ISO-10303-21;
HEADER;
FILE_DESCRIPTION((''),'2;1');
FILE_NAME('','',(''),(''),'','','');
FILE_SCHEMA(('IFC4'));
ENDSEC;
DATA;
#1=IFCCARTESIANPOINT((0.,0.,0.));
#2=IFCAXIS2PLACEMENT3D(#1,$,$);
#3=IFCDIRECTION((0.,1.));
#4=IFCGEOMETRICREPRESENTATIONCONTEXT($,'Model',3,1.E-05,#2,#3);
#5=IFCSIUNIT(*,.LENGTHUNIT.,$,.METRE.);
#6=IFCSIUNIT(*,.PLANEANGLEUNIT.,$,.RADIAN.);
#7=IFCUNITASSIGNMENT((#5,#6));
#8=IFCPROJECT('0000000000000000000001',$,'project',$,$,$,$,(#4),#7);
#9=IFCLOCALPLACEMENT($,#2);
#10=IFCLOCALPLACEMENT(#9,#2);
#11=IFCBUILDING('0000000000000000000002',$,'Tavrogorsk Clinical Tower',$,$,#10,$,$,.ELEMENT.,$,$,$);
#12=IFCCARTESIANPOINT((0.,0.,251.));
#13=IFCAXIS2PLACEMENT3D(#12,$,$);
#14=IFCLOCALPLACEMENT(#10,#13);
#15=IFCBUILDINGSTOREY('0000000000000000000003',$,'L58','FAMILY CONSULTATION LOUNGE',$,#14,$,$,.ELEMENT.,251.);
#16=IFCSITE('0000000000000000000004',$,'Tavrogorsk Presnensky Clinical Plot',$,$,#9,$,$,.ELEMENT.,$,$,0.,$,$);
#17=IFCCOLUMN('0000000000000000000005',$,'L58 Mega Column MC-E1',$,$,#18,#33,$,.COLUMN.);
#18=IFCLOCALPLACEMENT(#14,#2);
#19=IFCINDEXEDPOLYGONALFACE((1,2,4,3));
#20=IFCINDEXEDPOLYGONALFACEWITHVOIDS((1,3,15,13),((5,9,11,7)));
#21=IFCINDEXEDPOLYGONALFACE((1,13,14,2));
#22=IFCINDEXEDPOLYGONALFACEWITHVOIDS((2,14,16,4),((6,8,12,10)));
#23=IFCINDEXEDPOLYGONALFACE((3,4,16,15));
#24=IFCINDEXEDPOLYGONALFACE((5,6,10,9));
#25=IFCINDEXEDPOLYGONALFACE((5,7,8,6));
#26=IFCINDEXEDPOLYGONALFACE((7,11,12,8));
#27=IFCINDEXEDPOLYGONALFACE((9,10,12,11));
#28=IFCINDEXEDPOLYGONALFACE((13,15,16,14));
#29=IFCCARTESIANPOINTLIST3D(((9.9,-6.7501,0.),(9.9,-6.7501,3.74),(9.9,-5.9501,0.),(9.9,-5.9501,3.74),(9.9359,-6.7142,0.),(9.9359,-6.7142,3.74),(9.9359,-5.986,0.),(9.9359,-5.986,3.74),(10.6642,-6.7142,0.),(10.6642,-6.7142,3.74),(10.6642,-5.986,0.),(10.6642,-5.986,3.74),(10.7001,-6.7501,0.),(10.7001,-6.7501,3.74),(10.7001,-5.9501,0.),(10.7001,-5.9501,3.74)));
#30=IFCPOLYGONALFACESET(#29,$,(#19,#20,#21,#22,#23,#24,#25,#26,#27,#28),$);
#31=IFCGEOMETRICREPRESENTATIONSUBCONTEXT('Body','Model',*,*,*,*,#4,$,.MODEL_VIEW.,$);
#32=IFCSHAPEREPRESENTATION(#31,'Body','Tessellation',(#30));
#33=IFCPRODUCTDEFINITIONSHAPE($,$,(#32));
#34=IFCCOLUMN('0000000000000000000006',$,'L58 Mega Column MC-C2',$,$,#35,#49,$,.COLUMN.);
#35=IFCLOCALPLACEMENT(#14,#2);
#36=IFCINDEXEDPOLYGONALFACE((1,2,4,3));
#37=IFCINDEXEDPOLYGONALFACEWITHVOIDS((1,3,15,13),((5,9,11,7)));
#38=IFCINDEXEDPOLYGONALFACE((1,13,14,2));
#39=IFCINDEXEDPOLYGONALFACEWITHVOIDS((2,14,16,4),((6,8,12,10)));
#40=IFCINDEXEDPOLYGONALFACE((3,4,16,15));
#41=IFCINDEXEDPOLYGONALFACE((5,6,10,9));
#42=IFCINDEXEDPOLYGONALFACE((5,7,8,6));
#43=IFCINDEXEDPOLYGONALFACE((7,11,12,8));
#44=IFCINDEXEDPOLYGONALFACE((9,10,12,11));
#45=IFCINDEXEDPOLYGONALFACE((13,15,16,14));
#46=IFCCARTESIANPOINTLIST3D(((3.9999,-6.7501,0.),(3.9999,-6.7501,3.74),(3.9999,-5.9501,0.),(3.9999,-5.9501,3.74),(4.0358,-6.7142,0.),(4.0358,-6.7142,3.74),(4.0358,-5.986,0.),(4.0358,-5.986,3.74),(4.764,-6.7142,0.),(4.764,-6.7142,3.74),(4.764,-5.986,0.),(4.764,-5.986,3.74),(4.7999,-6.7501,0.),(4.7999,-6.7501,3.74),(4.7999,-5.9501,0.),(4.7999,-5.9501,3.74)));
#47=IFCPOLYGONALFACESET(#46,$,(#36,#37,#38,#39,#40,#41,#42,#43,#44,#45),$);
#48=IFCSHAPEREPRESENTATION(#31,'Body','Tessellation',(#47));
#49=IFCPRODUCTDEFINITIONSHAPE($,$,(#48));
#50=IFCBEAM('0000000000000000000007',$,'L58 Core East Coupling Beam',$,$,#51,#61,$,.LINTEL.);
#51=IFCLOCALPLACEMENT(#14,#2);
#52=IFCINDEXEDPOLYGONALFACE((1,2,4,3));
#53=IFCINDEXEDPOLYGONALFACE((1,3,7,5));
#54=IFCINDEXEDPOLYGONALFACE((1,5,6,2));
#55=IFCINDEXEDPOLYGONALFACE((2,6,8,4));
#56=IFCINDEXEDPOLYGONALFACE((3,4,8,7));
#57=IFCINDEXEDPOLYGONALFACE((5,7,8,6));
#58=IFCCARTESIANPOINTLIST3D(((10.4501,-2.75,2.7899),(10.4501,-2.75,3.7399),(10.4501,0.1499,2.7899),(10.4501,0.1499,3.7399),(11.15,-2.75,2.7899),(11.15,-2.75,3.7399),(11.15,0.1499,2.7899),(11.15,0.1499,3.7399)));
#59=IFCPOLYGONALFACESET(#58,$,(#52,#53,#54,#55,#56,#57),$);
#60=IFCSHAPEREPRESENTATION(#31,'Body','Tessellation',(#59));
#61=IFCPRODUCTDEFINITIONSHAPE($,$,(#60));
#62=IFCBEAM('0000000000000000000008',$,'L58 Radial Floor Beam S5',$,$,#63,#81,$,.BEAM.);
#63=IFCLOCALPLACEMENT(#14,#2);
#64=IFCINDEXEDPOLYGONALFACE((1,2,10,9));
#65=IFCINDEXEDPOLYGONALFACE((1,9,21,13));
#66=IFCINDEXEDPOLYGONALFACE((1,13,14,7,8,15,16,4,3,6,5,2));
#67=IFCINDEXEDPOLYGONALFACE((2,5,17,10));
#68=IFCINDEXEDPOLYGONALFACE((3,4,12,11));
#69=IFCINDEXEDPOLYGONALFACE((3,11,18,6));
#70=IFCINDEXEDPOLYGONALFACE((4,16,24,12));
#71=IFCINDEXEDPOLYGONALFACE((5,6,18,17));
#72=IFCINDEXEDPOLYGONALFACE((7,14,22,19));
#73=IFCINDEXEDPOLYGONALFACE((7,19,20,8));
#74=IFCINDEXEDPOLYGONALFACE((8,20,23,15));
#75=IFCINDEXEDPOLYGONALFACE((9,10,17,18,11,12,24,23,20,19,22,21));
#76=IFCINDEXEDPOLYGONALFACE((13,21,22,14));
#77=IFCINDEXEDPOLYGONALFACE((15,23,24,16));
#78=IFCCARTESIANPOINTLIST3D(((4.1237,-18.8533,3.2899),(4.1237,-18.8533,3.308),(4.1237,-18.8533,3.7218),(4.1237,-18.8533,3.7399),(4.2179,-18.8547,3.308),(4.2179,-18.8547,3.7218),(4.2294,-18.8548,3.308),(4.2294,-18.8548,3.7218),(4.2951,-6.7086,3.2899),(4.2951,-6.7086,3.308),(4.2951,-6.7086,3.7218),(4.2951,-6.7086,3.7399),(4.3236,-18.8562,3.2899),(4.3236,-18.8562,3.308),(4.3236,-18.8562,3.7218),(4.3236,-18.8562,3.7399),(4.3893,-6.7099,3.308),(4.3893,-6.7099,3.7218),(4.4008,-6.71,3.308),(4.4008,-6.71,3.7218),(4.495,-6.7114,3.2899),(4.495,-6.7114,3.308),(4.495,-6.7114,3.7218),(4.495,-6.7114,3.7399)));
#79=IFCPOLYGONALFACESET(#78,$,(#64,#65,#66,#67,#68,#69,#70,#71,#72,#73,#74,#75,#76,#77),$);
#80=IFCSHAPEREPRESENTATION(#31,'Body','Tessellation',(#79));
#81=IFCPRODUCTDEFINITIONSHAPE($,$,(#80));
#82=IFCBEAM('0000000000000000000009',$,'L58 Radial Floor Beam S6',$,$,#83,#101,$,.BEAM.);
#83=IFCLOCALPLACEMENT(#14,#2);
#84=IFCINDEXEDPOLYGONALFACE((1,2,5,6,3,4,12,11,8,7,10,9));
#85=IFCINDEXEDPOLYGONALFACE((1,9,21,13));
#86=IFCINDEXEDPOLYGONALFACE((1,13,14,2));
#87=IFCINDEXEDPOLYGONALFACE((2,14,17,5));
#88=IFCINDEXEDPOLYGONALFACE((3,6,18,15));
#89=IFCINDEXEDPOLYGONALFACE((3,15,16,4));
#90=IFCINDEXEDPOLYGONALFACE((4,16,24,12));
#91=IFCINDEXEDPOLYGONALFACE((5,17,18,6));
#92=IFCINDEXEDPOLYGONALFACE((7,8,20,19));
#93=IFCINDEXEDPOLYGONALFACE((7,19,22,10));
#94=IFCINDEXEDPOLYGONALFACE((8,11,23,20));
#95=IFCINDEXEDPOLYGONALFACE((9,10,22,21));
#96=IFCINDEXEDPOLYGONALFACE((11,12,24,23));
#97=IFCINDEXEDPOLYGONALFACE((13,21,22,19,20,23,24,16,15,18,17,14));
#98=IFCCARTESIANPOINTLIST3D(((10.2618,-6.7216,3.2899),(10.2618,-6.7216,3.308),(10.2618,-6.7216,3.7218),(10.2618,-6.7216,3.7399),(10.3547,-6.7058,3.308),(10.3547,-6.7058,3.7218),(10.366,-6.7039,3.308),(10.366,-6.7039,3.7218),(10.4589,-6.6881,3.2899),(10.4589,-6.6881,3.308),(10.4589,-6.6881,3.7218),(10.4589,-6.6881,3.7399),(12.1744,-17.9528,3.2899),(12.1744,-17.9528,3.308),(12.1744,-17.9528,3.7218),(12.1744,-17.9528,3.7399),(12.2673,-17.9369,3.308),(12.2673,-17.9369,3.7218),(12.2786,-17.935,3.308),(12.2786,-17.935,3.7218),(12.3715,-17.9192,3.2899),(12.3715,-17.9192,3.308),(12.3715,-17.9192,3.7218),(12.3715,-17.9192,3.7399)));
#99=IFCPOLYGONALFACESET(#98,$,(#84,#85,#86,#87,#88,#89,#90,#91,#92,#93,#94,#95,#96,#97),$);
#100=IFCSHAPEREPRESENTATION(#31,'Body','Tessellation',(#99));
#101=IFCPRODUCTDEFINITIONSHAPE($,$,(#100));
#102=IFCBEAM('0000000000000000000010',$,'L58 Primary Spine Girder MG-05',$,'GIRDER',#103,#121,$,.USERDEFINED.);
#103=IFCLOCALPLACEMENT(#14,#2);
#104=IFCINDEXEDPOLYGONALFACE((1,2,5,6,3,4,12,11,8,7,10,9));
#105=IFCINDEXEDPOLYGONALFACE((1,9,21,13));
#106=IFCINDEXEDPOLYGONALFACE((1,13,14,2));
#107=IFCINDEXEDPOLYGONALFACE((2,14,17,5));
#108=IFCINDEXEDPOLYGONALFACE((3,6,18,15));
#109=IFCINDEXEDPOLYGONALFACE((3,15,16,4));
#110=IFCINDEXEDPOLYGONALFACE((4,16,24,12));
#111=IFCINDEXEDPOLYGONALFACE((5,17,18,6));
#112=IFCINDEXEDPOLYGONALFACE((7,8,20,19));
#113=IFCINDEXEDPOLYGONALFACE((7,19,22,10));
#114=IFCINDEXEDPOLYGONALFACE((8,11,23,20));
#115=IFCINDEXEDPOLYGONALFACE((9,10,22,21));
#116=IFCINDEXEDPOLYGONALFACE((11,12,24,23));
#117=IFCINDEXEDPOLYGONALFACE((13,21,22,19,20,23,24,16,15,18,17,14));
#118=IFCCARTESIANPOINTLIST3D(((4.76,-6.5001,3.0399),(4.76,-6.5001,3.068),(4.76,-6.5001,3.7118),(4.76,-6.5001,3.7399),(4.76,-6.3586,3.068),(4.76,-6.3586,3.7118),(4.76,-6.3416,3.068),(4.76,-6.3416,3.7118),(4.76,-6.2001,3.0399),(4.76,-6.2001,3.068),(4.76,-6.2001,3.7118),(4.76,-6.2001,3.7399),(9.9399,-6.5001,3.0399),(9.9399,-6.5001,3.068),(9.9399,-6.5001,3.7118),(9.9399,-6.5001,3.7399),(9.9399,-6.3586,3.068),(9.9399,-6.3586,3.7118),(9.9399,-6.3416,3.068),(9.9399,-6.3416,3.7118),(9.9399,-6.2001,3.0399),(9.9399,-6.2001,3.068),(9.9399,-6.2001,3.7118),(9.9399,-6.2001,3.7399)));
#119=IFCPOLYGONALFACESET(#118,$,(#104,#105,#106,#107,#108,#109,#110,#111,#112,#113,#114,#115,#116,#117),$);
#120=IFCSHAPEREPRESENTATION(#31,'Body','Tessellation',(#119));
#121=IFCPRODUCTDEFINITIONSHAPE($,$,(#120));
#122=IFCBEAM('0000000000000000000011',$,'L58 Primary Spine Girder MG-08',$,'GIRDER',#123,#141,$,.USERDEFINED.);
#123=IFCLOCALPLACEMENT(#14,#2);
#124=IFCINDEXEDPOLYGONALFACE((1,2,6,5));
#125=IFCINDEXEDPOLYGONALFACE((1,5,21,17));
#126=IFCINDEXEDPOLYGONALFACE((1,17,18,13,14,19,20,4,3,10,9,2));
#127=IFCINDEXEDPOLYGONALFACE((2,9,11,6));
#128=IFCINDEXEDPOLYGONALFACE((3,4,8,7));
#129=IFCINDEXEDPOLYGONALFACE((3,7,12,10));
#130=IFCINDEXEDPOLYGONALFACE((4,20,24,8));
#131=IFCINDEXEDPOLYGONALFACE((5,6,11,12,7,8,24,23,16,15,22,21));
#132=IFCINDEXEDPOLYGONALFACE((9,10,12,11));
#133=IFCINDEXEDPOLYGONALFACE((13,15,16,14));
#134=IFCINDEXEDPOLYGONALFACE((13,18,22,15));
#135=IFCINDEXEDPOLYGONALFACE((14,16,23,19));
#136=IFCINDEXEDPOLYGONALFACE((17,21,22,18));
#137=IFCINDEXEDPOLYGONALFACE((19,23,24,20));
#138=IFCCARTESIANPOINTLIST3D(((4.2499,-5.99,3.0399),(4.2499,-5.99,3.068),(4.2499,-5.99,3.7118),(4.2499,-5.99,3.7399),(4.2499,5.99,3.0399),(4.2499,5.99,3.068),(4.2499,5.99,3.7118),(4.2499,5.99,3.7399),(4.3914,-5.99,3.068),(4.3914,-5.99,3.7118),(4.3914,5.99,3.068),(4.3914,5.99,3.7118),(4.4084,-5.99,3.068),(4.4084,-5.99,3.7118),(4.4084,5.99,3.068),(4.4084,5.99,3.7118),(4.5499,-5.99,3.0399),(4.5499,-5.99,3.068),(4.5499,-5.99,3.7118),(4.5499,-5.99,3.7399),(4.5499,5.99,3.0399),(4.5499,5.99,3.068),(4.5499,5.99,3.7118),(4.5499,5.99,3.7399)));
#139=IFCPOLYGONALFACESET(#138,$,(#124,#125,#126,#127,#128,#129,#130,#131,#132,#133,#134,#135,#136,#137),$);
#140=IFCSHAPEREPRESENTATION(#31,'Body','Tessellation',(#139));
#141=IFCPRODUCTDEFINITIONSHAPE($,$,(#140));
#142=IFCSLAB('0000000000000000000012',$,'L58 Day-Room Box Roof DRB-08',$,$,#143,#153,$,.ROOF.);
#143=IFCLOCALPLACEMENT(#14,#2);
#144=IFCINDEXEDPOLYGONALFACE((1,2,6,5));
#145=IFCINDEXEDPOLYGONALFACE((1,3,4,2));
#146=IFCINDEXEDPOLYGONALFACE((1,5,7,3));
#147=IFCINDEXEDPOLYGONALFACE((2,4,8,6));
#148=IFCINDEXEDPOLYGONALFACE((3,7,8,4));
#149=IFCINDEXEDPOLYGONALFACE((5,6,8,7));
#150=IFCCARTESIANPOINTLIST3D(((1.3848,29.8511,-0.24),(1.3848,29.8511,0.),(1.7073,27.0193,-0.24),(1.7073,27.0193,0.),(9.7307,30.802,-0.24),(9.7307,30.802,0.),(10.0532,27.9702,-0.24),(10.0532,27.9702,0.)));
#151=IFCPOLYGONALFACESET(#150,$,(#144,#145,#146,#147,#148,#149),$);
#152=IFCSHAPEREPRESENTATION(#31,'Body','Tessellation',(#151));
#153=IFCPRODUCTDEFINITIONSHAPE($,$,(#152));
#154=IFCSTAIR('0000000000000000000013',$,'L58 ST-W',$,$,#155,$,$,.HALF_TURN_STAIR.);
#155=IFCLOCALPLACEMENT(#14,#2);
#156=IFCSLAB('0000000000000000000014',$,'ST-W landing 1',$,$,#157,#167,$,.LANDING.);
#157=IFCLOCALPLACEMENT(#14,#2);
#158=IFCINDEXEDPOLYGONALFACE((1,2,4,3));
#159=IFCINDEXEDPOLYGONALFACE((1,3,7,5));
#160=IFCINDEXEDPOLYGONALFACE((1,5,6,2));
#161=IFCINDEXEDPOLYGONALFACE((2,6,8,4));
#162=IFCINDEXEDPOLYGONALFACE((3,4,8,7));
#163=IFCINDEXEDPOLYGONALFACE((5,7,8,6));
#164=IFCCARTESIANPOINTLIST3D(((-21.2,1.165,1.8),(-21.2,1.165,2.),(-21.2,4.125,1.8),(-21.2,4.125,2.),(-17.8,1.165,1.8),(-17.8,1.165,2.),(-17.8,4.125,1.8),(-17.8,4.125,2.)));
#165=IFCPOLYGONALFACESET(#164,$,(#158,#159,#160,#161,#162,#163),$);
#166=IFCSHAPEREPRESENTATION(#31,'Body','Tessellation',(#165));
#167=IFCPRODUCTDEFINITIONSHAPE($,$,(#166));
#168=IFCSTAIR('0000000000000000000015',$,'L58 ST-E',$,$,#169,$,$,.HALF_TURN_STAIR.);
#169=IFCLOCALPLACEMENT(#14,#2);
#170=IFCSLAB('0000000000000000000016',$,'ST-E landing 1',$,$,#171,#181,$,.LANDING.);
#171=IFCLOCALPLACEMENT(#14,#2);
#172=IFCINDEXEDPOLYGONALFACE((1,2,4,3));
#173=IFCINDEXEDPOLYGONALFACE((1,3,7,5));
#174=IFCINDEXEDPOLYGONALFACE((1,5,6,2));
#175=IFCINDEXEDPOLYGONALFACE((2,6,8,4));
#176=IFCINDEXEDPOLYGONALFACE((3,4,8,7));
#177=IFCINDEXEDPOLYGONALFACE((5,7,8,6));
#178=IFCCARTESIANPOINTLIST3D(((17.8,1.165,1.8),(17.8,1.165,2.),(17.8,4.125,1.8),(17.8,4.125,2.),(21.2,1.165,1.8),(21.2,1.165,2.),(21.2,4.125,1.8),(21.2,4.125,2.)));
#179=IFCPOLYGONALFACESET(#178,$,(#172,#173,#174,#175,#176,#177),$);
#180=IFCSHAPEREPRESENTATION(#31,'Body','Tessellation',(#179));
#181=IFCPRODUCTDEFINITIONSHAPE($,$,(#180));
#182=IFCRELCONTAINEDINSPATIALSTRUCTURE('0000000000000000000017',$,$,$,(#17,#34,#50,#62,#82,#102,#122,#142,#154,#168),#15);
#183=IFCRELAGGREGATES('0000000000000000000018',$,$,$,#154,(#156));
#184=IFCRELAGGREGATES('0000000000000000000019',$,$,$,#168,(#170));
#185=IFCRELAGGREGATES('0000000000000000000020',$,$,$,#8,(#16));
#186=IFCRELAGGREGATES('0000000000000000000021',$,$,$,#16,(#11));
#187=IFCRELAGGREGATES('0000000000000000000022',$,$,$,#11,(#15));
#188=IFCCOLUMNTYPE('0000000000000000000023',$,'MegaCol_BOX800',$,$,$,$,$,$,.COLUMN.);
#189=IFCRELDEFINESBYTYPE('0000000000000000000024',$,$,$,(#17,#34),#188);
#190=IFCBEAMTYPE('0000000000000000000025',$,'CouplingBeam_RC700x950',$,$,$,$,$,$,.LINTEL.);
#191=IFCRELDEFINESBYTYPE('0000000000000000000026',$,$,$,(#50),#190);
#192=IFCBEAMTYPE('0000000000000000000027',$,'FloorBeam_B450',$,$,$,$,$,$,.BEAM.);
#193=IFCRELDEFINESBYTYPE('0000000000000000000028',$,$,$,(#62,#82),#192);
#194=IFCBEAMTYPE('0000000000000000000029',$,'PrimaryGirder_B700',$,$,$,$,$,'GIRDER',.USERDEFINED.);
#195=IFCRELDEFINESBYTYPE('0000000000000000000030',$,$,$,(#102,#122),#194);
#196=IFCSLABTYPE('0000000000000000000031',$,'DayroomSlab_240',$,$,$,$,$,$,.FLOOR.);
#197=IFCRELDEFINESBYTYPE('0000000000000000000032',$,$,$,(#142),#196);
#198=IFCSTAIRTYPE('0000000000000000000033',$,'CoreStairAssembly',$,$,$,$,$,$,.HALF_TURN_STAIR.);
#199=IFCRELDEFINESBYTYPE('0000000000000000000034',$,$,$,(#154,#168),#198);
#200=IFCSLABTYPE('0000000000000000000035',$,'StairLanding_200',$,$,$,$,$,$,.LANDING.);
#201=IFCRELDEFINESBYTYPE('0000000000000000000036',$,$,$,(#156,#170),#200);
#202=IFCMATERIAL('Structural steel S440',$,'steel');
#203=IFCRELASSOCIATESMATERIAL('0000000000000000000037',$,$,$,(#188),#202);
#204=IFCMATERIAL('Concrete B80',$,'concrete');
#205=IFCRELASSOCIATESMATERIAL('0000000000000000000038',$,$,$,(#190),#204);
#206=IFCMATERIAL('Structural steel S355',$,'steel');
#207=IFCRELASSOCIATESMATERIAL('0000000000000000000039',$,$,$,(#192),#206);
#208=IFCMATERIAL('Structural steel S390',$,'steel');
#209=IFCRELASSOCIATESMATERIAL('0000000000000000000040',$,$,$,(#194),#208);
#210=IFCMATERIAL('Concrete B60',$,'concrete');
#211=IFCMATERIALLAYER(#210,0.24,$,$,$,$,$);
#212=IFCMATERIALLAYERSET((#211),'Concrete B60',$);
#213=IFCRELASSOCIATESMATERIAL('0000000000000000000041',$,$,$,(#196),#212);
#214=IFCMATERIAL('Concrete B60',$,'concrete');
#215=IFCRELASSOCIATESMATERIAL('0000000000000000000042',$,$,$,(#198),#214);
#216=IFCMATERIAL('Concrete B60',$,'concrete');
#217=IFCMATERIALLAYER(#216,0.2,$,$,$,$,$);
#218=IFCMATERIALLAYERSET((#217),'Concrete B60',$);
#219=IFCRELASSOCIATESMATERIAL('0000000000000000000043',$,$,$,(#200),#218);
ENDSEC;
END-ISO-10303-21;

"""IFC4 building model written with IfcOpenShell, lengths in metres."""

from ifc_helpers import new_model, si_unit, direction, frame, origin, origin_2d, place, context, subcontext, project, spatial, polyline, rectangle, hollow_rectangle, i_section, outline, extrude, material, layer, layer_set, material_profile, profile_set, type_object, element, aggregate, save


model = new_model("IFC4")

# Units and contexts
model_context = context("Model", 3, precision=1e-05, world=origin(), true_north=direction((0.0, 1.0)))
body_context = subcontext(model_context, "Body", "Model", "MODEL_VIEW")
ifc_project = project(units=[si_unit("LENGTHUNIT", "METRE"), si_unit("PLANEANGLEUNIT", "RADIAN")], contexts=[model_context])

# Site, building, storey
site_placement = place(None, origin())
site = spatial("IfcSite", under=ifc_project, at=site_placement, Name="Tavrogorsk Presnensky Clinical Plot", CompositionType="ELEMENT", RefElevation=0.0)
building_placement = place(site_placement, origin())
building = spatial("IfcBuilding", under=site, at=building_placement, Name="Tavrogorsk Clinical Tower", CompositionType="ELEMENT")
storey_placement = place(building_placement, frame((0.0, 0.0, 251.0)))
storey = spatial("IfcBuildingStorey", under=building, at=storey_placement, Name="L58", Description="FAMILY CONSULTATION LOUNGE", CompositionType="ELEMENT", Elevation=251.0)

# Columns
ifc_material_1 = material(Name="Structural steel S440", Category="steel")
ifc_material_profile_1 = material_profile(ifc_material_1, hollow_rectangle(XDim=0.8, YDim=0.8, WallThickness=0.0359, at=origin_2d()), Name="BOX-800x800x36")
ifc_profile_set_1 = profile_set([ifc_material_profile_1], Name="Structural steel S440")
column_type = type_object("IfcColumnType", Name="MegaCol_BOX800", PredefinedType="COLUMN", material=ifc_profile_set_1)
for number, where, z_axis, x_axis, name in (
    (1, (10.3, -6.3501, 0.0), (0.0, 0.0, 1.0), (1.0, 0.0, 0.0), "L58 Mega Column MC-E1"),
    (2, (4.3999, -6.3501, 0.0), (0.0, 0.0, 1.0), (1.0, 0.0, 0.0), "L58 Mega Column MC-C2"),
):
    element("IfcColumn", number, at=place(storey_placement, frame(where, z_axis=z_axis, x_axis=x_axis)), inside=storey, type_object=column_type, Name=name, PredefinedType="COLUMN", context=body_context, shape_type="SweptSolid", body=[
        extrude(hollow_rectangle(XDim=0.8, YDim=0.8, WallThickness=0.0359, at=origin_2d()), origin(), (0.0, 0.0, 1.0), 3.74),
    ])

# Beams
ifc_material_2 = material(Name="Concrete B80", Category="concrete")
ifc_material_profile_2 = material_profile(ifc_material_2, rectangle(XDim=0.7, YDim=0.95, at=origin_2d()), Name="RC-CB-700x950")
ifc_profile_set_2 = profile_set([ifc_material_profile_2], Name="Concrete B80")
beam_type_1 = type_object("IfcBeamType", Name="CouplingBeam_RC700x950", PredefinedType="LINTEL", material=ifc_profile_set_2)
beam_1_placement = place(storey_placement, frame((10.8, -2.75, 3.2649), z_axis=(0.0, 1.0, 0.0), x_axis=(-1.0, 0.0, 0.0)))
element("IfcBeam", 3, at=beam_1_placement, inside=storey, type_object=beam_type_1, Name="L58 Core East Coupling Beam", PredefinedType="LINTEL", context=body_context, shape_type="SweptSolid", body=[
    extrude(rectangle(XDim=0.7, YDim=0.95, at=origin_2d()), origin(), (0.0, 0.0, 1.0), 2.8999),
])
ifc_material_3 = material(Name="Structural steel S355", Category="steel")
ifc_material_profile_3 = material_profile(ifc_material_3, i_section(OverallWidth=0.2, OverallDepth=0.45, WebThickness=0.0115, FlangeThickness=0.0181, at=origin_2d()), Name="B-450x200x11.5x18")
ifc_profile_set_3 = profile_set([ifc_material_profile_3], Name="Structural steel S355")
beam_type_2 = type_object("IfcBeamType", Name="FloorBeam_B450", PredefinedType="BEAM", material=ifc_profile_set_3)
beam_2_placement = place(storey_placement, frame((4.395, -6.71, 3.5149), z_axis=(-0.014111, -0.9999, 0.0), x_axis=(0.9999, -0.014111, 0.0)))
element("IfcBeam", 4, at=beam_2_placement, inside=storey, type_object=beam_type_2, Name="L58 Radial Floor Beam S5", PredefinedType="BEAM", context=body_context, shape_type="SweptSolid", body=[
    extrude(i_section(OverallWidth=0.2, OverallDepth=0.45, WebThickness=0.0115, FlangeThickness=0.0181, at=origin_2d()), origin(), (0.0, 0.0, 1.0), 12.146),
])
beam_3_placement = place(storey_placement, frame((10.3604, -6.7048, 3.5149), z_axis=(0.167876, -0.985808, 0.0), x_axis=(0.985808, 0.167876, 0.0)))
element("IfcBeam", 5, at=beam_3_placement, inside=storey, type_object=beam_type_2, Name="L58 Radial Floor Beam S6", PredefinedType="BEAM", context=body_context, shape_type="SweptSolid", body=[
    extrude(i_section(OverallWidth=0.2, OverallDepth=0.45, WebThickness=0.0115, FlangeThickness=0.0181, at=origin_2d()), origin(), (0.0, 0.0, 1.0), 11.3928),
])
ifc_material_4 = material(Name="Structural steel S390", Category="steel")
ifc_material_profile_4 = material_profile(ifc_material_4, i_section(OverallWidth=0.3, OverallDepth=0.7, WebThickness=0.0171, FlangeThickness=0.0281, at=origin_2d()), Name="B-700x300x17x28")
ifc_profile_set_4 = profile_set([ifc_material_profile_4], Name="Structural steel S390")
beam_type_3 = type_object("IfcBeamType", Name="PrimaryGirder_B700", ElementType="GIRDER", PredefinedType="USERDEFINED", material=ifc_profile_set_4)
beam_4_placement = place(storey_placement, frame((4.76, -6.3501, 3.3899), z_axis=(1.0, 0.0, 0.0), x_axis=(0.0, 1.0, 0.0)))
element("IfcBeam", 6, at=beam_4_placement, inside=storey, type_object=beam_type_3, Name="L58 Primary Spine Girder MG-05", ObjectType="GIRDER", PredefinedType="USERDEFINED", context=body_context, shape_type="SweptSolid", body=[
    extrude(i_section(OverallWidth=0.3, OverallDepth=0.7, WebThickness=0.0171, FlangeThickness=0.0281, at=origin_2d()), origin(), (0.0, 0.0, 1.0), 5.1799),
])
beam_5_placement = place(storey_placement, frame((4.3999, -5.99, 3.3899), z_axis=(0.0, 1.0, 0.0), x_axis=(-1.0, 0.0, 0.0)))
element("IfcBeam", 7, at=beam_5_placement, inside=storey, type_object=beam_type_3, Name="L58 Primary Spine Girder MG-08", ObjectType="GIRDER", PredefinedType="USERDEFINED", context=body_context, shape_type="SweptSolid", body=[
    extrude(i_section(OverallWidth=0.3, OverallDepth=0.7, WebThickness=0.0171, FlangeThickness=0.0281, at=origin_2d()), origin(), (0.0, 0.0, 1.0), 11.98),
])

# Slab
ifc_material_5 = material(Name="Concrete B60", Category="concrete")
ifc_layer_1 = layer(ifc_material_5, 0.24)
ifc_layer_set_1 = layer_set([ifc_layer_1], Name="Concrete B60")
slab_type_1 = type_object("IfcSlabType", Name="DayroomSlab_240", PredefinedType="FLOOR", material=ifc_layer_set_1)
slab_1_placement = place(storey_placement, frame((0.0, 0.0, -0.24)))
element("IfcSlab", 8, at=slab_1_placement, inside=storey, type_object=slab_type_1, Name="L58 Day-Room Box Roof DRB-08", PredefinedType="ROOF", context=body_context, shape_type="SweptSolid", body=[
    extrude(outline(polyline([(1.3848, 29.8511), (9.7307, 30.802), (10.0532, 27.9702), (1.7073, 27.0193), (1.3848, 29.8511)])), origin(), (0.0, 0.0, 1.0), 0.24),
])

# Stairs, slabs
ifc_material_6 = material(Name="Concrete B60", Category="concrete")
stair_type = type_object("IfcStairType", Name="CoreStairAssembly", PredefinedType="HALF_TURN_STAIR", material=ifc_material_6)
stair_1_placement = place(storey_placement, origin())
stair_1 = element("IfcStair", 9, at=stair_1_placement, inside=storey, type_object=stair_type, Name="L58 ST-W", PredefinedType="HALF_TURN_STAIR")
ifc_material_7 = material(Name="Concrete B60", Category="concrete")
ifc_layer_2 = layer(ifc_material_7, 0.2)
ifc_layer_set_2 = layer_set([ifc_layer_2], Name="Concrete B60")
slab_type_2 = type_object("IfcSlabType", Name="StairLanding_200", PredefinedType="LANDING", material=ifc_layer_set_2)
slab_2_placement = place(storey_placement, frame((0.0, 0.0, 1.8)))
slab_2 = element("IfcSlab", 10, at=slab_2_placement, type_object=slab_type_2, Name="ST-W landing 1", PredefinedType="LANDING", context=body_context, shape_type="SweptSolid", body=[
    extrude(outline(polyline([(-17.8, 1.165), (-17.8, 4.125), (-21.2, 4.125), (-21.2, 1.165), (-17.8, 1.165)])), origin(), (0.0, 0.0, 1.0), 0.2),
])
aggregate(stair_1, [slab_2])
stair_2_placement = place(storey_placement, origin())
stair_2 = element("IfcStair", 11, at=stair_2_placement, inside=storey, type_object=stair_type, Name="L58 ST-E", PredefinedType="HALF_TURN_STAIR")
slab_3_placement = place(storey_placement, frame((0.0, 0.0, 1.8)))
slab_3 = element("IfcSlab", 12, at=slab_3_placement, type_object=slab_type_2, Name="ST-E landing 1", PredefinedType="LANDING", context=body_context, shape_type="SweptSolid", body=[
    extrude(outline(polyline([(21.2, 1.165), (21.2, 4.125), (17.8, 4.125), (17.8, 1.165), (21.2, 1.165)])), origin(), (0.0, 0.0, 1.0), 0.2),
])
aggregate(stair_2, [slab_3])

save(model, "model.ifc")
